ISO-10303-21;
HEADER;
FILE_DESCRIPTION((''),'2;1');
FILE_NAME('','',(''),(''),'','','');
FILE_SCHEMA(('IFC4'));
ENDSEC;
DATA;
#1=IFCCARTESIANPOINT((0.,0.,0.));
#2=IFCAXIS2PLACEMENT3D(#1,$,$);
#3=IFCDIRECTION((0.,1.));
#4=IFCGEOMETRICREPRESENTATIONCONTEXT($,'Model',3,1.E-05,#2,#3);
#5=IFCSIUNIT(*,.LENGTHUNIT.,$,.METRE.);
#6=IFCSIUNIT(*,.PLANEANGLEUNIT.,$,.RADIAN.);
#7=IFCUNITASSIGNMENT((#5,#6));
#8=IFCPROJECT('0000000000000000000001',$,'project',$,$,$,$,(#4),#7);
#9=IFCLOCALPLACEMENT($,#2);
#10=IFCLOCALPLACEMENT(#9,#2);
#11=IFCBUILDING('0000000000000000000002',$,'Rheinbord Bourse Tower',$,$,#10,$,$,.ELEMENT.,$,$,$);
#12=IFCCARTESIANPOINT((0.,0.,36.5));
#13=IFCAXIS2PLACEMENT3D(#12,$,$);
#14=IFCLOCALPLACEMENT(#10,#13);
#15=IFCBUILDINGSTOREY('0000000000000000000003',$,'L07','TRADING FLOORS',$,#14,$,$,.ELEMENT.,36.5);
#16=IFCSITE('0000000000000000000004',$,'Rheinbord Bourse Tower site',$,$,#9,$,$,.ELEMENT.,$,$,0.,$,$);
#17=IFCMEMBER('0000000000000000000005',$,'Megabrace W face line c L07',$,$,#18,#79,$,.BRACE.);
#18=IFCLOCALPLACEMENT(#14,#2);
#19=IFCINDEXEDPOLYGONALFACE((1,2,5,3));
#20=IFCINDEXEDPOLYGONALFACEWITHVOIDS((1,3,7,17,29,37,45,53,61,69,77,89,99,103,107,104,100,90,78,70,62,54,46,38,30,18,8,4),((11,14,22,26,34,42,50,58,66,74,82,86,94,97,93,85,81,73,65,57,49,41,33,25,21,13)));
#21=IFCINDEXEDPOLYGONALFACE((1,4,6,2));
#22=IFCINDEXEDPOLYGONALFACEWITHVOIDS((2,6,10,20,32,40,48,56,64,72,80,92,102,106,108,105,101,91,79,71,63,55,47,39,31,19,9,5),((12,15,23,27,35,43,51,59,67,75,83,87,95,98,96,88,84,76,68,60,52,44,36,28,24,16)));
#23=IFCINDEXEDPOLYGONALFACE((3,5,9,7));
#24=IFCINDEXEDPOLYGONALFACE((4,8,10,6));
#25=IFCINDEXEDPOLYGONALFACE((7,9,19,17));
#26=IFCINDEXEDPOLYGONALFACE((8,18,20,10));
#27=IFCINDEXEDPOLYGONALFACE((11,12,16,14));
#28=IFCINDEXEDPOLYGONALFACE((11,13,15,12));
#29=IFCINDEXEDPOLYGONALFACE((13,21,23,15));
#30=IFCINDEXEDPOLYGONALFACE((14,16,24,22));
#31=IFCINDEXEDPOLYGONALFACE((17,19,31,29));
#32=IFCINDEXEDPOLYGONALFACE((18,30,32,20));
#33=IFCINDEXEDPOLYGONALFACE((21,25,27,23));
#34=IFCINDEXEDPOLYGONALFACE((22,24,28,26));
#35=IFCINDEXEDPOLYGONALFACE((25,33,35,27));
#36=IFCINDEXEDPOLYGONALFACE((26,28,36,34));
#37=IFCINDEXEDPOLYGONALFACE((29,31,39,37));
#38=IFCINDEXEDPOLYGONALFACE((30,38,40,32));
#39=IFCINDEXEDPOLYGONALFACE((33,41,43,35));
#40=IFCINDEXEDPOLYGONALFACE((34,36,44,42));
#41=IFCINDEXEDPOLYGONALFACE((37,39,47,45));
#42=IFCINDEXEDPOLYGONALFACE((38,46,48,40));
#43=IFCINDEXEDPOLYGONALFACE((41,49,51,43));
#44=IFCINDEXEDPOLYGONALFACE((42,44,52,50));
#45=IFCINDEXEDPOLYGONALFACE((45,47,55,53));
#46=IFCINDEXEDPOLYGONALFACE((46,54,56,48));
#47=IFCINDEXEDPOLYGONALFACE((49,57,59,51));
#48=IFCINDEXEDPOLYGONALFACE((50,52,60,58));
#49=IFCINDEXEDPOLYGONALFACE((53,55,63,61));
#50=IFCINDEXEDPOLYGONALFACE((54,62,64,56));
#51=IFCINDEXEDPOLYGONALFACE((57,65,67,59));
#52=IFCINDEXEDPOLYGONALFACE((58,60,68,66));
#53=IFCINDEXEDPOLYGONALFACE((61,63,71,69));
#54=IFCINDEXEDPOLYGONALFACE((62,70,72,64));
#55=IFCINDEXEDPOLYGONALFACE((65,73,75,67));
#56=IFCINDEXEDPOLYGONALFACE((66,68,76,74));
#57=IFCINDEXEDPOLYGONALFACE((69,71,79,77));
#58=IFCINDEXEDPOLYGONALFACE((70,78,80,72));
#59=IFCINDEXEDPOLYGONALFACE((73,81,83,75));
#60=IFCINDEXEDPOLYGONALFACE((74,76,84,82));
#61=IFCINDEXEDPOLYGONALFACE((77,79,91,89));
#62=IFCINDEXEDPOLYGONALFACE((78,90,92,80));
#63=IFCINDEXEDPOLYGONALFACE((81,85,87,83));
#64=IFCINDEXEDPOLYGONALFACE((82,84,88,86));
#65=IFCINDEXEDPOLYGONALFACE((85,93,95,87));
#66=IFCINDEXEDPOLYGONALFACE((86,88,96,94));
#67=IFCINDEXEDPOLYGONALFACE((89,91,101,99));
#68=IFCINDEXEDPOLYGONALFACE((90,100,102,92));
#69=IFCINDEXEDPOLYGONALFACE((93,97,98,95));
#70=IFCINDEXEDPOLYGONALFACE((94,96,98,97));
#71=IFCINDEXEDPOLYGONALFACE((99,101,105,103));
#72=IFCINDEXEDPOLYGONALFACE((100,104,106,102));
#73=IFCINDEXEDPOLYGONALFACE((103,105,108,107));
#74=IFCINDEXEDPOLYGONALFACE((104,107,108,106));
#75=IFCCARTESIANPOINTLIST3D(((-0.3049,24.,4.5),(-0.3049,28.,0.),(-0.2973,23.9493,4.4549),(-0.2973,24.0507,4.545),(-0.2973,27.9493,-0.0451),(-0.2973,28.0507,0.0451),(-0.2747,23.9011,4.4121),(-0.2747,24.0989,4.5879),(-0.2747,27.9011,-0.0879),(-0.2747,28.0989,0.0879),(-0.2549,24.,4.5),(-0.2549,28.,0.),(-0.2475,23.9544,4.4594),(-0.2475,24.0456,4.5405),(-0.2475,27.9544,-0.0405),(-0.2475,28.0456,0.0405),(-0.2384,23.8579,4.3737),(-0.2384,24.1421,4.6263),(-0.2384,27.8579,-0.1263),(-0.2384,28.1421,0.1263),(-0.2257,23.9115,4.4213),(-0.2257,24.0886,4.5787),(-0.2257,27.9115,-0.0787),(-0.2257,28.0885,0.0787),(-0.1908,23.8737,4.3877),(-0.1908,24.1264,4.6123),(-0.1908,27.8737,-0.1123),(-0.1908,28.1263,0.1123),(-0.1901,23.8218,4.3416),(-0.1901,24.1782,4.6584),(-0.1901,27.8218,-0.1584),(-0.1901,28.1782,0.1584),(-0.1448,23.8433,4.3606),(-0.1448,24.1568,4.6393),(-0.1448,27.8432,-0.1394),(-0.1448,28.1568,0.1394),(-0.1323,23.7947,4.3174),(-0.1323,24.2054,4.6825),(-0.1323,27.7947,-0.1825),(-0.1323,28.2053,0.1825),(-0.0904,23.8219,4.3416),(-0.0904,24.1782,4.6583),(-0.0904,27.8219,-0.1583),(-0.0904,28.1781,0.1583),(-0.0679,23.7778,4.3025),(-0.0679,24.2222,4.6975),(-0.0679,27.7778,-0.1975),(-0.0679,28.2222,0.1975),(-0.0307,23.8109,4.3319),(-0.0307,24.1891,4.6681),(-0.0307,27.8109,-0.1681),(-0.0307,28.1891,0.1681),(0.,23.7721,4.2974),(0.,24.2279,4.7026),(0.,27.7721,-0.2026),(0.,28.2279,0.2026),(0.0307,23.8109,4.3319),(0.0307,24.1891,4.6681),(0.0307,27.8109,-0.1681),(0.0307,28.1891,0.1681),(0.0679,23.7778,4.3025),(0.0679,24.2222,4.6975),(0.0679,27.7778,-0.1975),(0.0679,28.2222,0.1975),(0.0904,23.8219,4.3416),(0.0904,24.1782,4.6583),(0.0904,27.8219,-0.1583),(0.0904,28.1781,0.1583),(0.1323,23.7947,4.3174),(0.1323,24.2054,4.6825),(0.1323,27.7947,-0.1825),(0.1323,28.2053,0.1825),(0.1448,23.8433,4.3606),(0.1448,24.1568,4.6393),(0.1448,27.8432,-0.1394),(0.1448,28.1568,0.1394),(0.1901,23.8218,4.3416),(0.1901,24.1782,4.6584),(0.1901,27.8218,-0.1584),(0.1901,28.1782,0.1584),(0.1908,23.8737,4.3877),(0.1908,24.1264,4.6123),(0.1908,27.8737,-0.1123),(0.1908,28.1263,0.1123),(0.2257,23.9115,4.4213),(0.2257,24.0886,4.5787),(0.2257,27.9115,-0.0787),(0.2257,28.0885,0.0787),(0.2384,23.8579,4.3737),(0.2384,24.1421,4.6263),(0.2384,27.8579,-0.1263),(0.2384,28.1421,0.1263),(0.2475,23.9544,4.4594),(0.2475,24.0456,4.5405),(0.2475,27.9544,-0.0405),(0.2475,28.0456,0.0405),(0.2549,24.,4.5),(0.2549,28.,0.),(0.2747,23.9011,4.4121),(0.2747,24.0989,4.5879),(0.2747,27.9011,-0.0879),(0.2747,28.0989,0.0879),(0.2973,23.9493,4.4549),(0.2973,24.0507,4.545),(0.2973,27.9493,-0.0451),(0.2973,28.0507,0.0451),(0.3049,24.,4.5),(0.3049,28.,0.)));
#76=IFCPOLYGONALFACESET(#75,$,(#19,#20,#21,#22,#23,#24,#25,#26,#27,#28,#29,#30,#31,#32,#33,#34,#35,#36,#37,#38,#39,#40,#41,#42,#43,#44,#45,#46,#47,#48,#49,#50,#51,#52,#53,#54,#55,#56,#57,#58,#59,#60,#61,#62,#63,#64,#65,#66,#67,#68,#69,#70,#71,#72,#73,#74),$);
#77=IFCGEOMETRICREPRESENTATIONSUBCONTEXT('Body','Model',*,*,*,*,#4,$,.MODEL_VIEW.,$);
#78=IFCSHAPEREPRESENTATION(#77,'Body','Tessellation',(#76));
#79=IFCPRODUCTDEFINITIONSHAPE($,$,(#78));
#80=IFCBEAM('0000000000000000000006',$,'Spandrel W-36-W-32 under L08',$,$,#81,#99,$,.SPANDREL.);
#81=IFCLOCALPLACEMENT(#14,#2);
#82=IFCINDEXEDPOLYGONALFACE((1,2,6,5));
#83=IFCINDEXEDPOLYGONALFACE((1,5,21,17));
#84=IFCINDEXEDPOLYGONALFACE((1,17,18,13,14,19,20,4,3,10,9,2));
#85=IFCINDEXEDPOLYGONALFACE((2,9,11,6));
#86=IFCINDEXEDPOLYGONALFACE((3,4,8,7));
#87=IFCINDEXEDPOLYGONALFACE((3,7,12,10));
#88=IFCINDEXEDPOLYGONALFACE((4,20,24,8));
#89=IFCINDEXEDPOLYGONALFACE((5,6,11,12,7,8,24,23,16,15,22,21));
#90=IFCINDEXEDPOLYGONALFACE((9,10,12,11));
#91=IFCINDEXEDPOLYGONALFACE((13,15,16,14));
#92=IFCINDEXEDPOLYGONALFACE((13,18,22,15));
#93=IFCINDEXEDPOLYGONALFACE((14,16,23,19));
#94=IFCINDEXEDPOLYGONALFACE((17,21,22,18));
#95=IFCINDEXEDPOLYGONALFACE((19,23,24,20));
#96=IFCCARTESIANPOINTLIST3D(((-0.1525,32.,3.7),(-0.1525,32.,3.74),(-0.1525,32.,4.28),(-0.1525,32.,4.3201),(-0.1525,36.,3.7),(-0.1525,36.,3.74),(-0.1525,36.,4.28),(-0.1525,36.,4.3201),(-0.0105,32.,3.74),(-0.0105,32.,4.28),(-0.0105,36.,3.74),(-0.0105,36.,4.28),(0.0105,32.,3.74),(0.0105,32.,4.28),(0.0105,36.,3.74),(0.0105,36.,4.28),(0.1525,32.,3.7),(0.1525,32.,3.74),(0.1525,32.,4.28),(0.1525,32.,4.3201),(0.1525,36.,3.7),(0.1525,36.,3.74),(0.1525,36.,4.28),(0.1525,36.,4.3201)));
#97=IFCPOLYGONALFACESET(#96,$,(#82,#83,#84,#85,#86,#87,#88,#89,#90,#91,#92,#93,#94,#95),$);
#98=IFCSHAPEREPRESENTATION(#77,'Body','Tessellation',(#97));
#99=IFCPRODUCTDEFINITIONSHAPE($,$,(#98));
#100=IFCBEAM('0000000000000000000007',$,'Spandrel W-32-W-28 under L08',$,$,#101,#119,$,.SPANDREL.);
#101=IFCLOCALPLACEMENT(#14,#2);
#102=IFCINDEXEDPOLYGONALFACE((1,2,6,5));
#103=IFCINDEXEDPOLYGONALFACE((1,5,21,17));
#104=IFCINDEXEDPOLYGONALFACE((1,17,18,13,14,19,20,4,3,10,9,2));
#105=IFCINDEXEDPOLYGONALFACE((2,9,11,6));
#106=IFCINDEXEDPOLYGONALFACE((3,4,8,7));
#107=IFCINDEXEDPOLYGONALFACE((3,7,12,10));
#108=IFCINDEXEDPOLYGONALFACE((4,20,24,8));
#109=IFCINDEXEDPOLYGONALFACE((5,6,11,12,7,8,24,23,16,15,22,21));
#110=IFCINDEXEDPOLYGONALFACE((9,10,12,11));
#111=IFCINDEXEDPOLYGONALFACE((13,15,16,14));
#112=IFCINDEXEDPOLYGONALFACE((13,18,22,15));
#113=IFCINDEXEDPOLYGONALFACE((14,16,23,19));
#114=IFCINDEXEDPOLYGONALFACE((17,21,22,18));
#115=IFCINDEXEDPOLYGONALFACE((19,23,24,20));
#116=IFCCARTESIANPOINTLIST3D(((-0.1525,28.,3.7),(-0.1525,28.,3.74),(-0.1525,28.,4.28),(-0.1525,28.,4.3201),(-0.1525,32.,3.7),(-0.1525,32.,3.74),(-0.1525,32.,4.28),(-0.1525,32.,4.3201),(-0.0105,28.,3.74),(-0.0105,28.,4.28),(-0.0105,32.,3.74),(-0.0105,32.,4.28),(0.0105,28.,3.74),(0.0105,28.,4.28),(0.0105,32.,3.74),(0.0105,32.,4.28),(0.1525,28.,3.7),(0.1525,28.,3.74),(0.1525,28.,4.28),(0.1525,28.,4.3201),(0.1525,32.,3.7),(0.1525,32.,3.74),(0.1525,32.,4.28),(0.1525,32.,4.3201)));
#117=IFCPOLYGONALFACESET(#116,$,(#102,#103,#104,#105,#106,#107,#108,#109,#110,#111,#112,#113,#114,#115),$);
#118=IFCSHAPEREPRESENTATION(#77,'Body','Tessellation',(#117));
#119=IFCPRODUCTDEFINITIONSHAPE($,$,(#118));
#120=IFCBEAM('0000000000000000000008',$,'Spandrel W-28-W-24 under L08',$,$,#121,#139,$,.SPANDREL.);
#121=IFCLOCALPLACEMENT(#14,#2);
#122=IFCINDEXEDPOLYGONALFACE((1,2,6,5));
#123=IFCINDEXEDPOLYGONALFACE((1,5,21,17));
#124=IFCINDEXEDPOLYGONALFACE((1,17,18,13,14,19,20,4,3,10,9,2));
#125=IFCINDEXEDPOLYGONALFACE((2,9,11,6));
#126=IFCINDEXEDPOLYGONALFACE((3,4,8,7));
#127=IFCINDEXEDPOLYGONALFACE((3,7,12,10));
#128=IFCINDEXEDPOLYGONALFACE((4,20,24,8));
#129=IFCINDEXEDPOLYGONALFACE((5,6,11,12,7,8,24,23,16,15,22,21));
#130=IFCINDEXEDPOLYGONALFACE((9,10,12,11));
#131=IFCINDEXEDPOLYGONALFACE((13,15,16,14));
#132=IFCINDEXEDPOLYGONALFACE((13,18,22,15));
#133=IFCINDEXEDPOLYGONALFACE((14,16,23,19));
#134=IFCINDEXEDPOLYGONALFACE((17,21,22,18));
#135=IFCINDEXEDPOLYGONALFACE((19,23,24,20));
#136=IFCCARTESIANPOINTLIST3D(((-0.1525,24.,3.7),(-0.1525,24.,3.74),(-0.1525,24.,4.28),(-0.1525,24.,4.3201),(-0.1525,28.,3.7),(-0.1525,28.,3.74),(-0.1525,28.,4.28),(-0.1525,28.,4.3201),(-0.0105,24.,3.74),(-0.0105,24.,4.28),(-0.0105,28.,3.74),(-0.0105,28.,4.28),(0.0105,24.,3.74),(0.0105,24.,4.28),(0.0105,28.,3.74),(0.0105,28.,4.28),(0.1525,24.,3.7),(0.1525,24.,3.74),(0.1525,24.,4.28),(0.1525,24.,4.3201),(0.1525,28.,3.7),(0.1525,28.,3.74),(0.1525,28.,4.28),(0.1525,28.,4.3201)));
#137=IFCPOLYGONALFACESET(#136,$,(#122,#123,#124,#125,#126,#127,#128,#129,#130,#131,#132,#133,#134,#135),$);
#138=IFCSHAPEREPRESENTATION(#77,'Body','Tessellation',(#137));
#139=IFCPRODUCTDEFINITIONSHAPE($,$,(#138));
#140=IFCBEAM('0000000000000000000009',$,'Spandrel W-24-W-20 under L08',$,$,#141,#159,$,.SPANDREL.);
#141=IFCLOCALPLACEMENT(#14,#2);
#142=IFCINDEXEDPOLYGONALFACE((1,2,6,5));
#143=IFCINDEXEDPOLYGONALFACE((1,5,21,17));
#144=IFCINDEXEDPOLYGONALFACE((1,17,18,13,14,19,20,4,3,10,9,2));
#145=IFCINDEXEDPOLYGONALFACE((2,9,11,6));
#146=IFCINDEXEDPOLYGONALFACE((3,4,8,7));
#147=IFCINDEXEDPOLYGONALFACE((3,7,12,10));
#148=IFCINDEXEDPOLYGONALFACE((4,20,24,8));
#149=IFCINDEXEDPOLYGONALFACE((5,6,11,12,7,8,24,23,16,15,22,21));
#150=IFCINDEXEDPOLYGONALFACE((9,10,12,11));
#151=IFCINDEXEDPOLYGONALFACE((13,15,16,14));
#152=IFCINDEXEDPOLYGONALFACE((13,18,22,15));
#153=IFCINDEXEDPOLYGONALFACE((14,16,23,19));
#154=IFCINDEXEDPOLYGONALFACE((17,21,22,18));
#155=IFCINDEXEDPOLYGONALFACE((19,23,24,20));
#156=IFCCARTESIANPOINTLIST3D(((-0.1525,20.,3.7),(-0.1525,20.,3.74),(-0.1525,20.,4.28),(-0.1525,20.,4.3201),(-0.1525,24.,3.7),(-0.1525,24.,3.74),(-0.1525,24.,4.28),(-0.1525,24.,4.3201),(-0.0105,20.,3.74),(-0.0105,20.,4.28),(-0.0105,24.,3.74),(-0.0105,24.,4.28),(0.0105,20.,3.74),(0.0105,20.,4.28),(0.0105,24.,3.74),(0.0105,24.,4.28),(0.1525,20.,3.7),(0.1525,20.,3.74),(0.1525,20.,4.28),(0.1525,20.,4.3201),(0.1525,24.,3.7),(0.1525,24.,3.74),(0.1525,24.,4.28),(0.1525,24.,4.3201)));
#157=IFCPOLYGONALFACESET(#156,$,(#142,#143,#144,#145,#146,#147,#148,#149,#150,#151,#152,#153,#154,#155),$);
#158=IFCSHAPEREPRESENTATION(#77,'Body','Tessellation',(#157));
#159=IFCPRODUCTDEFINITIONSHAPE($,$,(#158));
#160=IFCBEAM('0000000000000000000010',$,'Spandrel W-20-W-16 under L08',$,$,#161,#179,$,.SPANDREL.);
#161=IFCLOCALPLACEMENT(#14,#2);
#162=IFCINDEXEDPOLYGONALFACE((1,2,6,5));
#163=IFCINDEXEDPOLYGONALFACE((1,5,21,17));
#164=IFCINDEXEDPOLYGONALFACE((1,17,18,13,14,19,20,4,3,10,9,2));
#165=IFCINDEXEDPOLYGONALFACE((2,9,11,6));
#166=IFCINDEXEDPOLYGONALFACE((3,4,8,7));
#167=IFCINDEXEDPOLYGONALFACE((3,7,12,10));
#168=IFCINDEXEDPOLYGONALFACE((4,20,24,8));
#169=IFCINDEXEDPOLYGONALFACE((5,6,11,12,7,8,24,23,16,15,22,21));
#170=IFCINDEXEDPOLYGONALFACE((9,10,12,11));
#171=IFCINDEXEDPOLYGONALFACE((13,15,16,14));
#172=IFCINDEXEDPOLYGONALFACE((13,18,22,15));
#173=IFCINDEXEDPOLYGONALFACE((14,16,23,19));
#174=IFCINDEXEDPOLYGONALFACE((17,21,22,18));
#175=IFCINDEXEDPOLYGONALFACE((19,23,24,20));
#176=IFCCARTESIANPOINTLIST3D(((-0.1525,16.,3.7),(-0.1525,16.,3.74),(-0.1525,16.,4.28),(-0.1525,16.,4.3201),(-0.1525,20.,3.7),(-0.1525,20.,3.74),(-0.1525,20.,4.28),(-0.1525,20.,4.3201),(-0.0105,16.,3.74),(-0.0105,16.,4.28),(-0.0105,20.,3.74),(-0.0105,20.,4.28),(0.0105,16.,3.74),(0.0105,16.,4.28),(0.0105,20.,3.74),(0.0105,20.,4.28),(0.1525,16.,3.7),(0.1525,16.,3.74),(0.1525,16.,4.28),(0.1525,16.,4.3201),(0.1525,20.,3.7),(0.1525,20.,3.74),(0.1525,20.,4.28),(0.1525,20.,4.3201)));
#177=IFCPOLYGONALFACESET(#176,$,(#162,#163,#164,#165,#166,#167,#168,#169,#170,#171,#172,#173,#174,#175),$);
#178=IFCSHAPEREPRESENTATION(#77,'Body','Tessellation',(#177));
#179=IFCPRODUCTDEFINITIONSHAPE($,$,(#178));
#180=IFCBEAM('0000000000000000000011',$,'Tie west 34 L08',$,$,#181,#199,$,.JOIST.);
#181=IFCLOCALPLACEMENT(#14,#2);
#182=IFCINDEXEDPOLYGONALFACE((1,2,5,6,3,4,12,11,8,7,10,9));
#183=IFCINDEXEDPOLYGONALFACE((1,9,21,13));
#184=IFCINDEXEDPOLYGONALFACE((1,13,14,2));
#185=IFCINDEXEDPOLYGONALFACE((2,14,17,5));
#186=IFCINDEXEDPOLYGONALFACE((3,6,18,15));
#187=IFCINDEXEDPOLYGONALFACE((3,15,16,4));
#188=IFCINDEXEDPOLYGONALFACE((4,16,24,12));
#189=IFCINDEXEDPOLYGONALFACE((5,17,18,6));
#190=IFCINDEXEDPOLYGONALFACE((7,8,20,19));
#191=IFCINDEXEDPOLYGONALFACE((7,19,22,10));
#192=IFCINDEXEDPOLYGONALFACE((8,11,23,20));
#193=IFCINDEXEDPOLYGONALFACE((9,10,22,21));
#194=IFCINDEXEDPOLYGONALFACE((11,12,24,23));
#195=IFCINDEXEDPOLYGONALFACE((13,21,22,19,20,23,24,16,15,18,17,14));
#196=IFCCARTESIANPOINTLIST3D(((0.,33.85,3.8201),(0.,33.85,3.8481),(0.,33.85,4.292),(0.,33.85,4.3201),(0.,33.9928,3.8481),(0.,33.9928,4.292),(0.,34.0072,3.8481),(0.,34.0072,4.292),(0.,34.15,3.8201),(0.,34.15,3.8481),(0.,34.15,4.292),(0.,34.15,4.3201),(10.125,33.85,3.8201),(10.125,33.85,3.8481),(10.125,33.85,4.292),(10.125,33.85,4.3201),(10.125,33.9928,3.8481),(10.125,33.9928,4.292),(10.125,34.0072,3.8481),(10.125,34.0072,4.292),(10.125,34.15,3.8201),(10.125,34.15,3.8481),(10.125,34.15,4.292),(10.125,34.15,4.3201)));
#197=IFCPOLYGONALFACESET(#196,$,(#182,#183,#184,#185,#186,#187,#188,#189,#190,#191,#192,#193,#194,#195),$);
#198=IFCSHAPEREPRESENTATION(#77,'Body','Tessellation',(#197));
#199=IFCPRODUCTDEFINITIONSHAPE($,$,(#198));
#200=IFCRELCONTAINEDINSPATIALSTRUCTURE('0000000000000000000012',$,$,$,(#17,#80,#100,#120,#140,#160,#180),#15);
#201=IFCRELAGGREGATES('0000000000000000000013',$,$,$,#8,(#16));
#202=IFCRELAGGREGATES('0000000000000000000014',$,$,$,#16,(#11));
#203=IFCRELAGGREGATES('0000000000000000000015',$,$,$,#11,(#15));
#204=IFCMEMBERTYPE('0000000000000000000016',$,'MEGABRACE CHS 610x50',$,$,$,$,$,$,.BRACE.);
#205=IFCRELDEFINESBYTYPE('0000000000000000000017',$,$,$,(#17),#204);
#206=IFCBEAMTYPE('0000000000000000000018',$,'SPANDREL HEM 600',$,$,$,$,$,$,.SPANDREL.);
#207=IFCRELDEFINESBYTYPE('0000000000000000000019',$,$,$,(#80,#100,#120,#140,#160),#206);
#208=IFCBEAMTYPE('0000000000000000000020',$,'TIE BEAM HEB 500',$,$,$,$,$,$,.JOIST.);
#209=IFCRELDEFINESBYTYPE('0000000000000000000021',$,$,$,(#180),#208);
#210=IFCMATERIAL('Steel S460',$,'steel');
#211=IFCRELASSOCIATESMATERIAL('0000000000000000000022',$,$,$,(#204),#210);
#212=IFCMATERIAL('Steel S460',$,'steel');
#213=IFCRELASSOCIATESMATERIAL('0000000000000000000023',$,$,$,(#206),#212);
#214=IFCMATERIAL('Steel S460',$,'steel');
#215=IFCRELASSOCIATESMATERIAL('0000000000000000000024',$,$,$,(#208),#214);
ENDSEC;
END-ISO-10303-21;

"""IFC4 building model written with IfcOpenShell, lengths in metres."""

from ifc_helpers import new_model, si_unit, direction, frame, origin, origin_2d, place, context, subcontext, project, spatial, hollow_circle, i_section, extrude, material, material_profile, profile_set, type_object, element, save


model = new_model("IFC4")

# Units and contexts
model_context = context("Model", 3, precision=1e-05, world=origin(), true_north=direction((0.0, 1.0)))
body_context = subcontext(model_context, "Body", "Model", "MODEL_VIEW")
ifc_project = project(units=[si_unit("LENGTHUNIT", "METRE"), si_unit("PLANEANGLEUNIT", "RADIAN")], contexts=[model_context])

# Site, building, storey
site_placement = place(None, origin())
site = spatial("IfcSite", under=ifc_project, at=site_placement, Name="Rheinbord Bourse Tower site", CompositionType="ELEMENT", RefElevation=0.0)
building_placement = place(site_placement, origin())
building = spatial("IfcBuilding", under=site, at=building_placement, Name="Rheinbord Bourse Tower", CompositionType="ELEMENT")
storey_placement = place(building_placement, frame((0.0, 0.0, 36.5)))
storey = spatial("IfcBuildingStorey", under=building, at=storey_placement, Name="L07", Description="TRADING FLOORS", CompositionType="ELEMENT", Elevation=36.5)

# Member
ifc_material_1 = material(Name="Steel S460", Category="steel")
ifc_material_profile_1 = material_profile(ifc_material_1, hollow_circle(Radius=0.3049, WallThickness=0.05, at=origin_2d()), Name="CHS 610x50")
ifc_profile_set_1 = profile_set([ifc_material_profile_1], Name="Steel S460")
member_type_1 = type_object("IfcMemberType", Name="MEGABRACE CHS 610x50", PredefinedType="BRACE", material=ifc_profile_set_1)
member_1_placement = place(storey_placement, frame((0.0, 28.0, 0.0), z_axis=(0.0, -0.664364, 0.747409), x_axis=(1.0, 0.0, 0.0)))
element("IfcMember", 1, at=member_1_placement, inside=storey, type_object=member_type_1, Name="Megabrace W face line c L07", PredefinedType="BRACE", context=body_context, shape_type="SweptSolid", body=[
    extrude(hollow_circle(Radius=0.3049, WallThickness=0.05, at=origin_2d()), origin(), (0.0, 0.0, 1.0), 6.0208),
])

# Beams
ifc_material_2 = material(Name="Steel S460", Category="steel")
ifc_material_profile_2 = material_profile(ifc_material_2, i_section(OverallWidth=0.3049, OverallDepth=0.6201, WebThickness=0.021, FlangeThickness=0.04, at=origin_2d()), Name="HEM 600")
ifc_profile_set_2 = profile_set([ifc_material_profile_2], Name="Steel S460")
beam_type_1 = type_object("IfcBeamType", Name="SPANDREL HEM 600", PredefinedType="SPANDREL", material=ifc_profile_set_2)
for number, where, z_axis, x_axis, name in (
    (2, (0.0, 36.0, 4.01), (0.0, -1.0, 0.0), (1.0, 0.0, 0.0), "Spandrel W-36-W-32 under L08"),
    (3, (0.0, 32.0, 4.01), (0.0, -1.0, 0.0), (1.0, 0.0, 0.0), "Spandrel W-32-W-28 under L08"),
    (4, (0.0, 28.0, 4.01), (0.0, -1.0, 0.0), (1.0, 0.0, 0.0), "Spandrel W-28-W-24 under L08"),
    (5, (0.0, 24.0, 4.01), (0.0, -1.0, 0.0), (1.0, 0.0, 0.0), "Spandrel W-24-W-20 under L08"),
    (6, (0.0, 20.0, 4.01), (0.0, -1.0, 0.0), (1.0, 0.0, 0.0), "Spandrel W-20-W-16 under L08"),
):
    element("IfcBeam", number, at=place(storey_placement, frame(where, z_axis=z_axis, x_axis=x_axis)), inside=storey, type_object=beam_type_1, Name=name, PredefinedType="SPANDREL", context=body_context, shape_type="SweptSolid", body=[
        extrude(i_section(OverallWidth=0.3049, OverallDepth=0.6201, WebThickness=0.021, FlangeThickness=0.04, at=origin_2d()), origin(), (0.0, 0.0, 1.0), 4.0),
    ])
ifc_material_3 = material(Name="Steel S460", Category="steel")
ifc_material_profile_3 = material_profile(ifc_material_3, i_section(OverallWidth=0.3, OverallDepth=0.5, WebThickness=0.0144, FlangeThickness=0.0281, at=origin_2d()), Name="HEB 500")
ifc_profile_set_3 = profile_set([ifc_material_profile_3], Name="Steel S460")
beam_type_2 = type_object("IfcBeamType", Name="TIE BEAM HEB 500", PredefinedType="JOIST", material=ifc_profile_set_3)
beam_1_placement = place(storey_placement, frame((0.0, 34.0, 4.0701), z_axis=(1.0, 0.0, 0.0), x_axis=(0.0, 1.0, 0.0)))
element("IfcBeam", 7, at=beam_1_placement, inside=storey, type_object=beam_type_2, Name="Tie west 34 L08", PredefinedType="JOIST", context=body_context, shape_type="SweptSolid", body=[
    extrude(i_section(OverallWidth=0.3, OverallDepth=0.5, WebThickness=0.0144, FlangeThickness=0.0281, at=origin_2d()), origin(), (0.0, 0.0, 1.0), 10.125),
])

save(model, "model.ifc")
